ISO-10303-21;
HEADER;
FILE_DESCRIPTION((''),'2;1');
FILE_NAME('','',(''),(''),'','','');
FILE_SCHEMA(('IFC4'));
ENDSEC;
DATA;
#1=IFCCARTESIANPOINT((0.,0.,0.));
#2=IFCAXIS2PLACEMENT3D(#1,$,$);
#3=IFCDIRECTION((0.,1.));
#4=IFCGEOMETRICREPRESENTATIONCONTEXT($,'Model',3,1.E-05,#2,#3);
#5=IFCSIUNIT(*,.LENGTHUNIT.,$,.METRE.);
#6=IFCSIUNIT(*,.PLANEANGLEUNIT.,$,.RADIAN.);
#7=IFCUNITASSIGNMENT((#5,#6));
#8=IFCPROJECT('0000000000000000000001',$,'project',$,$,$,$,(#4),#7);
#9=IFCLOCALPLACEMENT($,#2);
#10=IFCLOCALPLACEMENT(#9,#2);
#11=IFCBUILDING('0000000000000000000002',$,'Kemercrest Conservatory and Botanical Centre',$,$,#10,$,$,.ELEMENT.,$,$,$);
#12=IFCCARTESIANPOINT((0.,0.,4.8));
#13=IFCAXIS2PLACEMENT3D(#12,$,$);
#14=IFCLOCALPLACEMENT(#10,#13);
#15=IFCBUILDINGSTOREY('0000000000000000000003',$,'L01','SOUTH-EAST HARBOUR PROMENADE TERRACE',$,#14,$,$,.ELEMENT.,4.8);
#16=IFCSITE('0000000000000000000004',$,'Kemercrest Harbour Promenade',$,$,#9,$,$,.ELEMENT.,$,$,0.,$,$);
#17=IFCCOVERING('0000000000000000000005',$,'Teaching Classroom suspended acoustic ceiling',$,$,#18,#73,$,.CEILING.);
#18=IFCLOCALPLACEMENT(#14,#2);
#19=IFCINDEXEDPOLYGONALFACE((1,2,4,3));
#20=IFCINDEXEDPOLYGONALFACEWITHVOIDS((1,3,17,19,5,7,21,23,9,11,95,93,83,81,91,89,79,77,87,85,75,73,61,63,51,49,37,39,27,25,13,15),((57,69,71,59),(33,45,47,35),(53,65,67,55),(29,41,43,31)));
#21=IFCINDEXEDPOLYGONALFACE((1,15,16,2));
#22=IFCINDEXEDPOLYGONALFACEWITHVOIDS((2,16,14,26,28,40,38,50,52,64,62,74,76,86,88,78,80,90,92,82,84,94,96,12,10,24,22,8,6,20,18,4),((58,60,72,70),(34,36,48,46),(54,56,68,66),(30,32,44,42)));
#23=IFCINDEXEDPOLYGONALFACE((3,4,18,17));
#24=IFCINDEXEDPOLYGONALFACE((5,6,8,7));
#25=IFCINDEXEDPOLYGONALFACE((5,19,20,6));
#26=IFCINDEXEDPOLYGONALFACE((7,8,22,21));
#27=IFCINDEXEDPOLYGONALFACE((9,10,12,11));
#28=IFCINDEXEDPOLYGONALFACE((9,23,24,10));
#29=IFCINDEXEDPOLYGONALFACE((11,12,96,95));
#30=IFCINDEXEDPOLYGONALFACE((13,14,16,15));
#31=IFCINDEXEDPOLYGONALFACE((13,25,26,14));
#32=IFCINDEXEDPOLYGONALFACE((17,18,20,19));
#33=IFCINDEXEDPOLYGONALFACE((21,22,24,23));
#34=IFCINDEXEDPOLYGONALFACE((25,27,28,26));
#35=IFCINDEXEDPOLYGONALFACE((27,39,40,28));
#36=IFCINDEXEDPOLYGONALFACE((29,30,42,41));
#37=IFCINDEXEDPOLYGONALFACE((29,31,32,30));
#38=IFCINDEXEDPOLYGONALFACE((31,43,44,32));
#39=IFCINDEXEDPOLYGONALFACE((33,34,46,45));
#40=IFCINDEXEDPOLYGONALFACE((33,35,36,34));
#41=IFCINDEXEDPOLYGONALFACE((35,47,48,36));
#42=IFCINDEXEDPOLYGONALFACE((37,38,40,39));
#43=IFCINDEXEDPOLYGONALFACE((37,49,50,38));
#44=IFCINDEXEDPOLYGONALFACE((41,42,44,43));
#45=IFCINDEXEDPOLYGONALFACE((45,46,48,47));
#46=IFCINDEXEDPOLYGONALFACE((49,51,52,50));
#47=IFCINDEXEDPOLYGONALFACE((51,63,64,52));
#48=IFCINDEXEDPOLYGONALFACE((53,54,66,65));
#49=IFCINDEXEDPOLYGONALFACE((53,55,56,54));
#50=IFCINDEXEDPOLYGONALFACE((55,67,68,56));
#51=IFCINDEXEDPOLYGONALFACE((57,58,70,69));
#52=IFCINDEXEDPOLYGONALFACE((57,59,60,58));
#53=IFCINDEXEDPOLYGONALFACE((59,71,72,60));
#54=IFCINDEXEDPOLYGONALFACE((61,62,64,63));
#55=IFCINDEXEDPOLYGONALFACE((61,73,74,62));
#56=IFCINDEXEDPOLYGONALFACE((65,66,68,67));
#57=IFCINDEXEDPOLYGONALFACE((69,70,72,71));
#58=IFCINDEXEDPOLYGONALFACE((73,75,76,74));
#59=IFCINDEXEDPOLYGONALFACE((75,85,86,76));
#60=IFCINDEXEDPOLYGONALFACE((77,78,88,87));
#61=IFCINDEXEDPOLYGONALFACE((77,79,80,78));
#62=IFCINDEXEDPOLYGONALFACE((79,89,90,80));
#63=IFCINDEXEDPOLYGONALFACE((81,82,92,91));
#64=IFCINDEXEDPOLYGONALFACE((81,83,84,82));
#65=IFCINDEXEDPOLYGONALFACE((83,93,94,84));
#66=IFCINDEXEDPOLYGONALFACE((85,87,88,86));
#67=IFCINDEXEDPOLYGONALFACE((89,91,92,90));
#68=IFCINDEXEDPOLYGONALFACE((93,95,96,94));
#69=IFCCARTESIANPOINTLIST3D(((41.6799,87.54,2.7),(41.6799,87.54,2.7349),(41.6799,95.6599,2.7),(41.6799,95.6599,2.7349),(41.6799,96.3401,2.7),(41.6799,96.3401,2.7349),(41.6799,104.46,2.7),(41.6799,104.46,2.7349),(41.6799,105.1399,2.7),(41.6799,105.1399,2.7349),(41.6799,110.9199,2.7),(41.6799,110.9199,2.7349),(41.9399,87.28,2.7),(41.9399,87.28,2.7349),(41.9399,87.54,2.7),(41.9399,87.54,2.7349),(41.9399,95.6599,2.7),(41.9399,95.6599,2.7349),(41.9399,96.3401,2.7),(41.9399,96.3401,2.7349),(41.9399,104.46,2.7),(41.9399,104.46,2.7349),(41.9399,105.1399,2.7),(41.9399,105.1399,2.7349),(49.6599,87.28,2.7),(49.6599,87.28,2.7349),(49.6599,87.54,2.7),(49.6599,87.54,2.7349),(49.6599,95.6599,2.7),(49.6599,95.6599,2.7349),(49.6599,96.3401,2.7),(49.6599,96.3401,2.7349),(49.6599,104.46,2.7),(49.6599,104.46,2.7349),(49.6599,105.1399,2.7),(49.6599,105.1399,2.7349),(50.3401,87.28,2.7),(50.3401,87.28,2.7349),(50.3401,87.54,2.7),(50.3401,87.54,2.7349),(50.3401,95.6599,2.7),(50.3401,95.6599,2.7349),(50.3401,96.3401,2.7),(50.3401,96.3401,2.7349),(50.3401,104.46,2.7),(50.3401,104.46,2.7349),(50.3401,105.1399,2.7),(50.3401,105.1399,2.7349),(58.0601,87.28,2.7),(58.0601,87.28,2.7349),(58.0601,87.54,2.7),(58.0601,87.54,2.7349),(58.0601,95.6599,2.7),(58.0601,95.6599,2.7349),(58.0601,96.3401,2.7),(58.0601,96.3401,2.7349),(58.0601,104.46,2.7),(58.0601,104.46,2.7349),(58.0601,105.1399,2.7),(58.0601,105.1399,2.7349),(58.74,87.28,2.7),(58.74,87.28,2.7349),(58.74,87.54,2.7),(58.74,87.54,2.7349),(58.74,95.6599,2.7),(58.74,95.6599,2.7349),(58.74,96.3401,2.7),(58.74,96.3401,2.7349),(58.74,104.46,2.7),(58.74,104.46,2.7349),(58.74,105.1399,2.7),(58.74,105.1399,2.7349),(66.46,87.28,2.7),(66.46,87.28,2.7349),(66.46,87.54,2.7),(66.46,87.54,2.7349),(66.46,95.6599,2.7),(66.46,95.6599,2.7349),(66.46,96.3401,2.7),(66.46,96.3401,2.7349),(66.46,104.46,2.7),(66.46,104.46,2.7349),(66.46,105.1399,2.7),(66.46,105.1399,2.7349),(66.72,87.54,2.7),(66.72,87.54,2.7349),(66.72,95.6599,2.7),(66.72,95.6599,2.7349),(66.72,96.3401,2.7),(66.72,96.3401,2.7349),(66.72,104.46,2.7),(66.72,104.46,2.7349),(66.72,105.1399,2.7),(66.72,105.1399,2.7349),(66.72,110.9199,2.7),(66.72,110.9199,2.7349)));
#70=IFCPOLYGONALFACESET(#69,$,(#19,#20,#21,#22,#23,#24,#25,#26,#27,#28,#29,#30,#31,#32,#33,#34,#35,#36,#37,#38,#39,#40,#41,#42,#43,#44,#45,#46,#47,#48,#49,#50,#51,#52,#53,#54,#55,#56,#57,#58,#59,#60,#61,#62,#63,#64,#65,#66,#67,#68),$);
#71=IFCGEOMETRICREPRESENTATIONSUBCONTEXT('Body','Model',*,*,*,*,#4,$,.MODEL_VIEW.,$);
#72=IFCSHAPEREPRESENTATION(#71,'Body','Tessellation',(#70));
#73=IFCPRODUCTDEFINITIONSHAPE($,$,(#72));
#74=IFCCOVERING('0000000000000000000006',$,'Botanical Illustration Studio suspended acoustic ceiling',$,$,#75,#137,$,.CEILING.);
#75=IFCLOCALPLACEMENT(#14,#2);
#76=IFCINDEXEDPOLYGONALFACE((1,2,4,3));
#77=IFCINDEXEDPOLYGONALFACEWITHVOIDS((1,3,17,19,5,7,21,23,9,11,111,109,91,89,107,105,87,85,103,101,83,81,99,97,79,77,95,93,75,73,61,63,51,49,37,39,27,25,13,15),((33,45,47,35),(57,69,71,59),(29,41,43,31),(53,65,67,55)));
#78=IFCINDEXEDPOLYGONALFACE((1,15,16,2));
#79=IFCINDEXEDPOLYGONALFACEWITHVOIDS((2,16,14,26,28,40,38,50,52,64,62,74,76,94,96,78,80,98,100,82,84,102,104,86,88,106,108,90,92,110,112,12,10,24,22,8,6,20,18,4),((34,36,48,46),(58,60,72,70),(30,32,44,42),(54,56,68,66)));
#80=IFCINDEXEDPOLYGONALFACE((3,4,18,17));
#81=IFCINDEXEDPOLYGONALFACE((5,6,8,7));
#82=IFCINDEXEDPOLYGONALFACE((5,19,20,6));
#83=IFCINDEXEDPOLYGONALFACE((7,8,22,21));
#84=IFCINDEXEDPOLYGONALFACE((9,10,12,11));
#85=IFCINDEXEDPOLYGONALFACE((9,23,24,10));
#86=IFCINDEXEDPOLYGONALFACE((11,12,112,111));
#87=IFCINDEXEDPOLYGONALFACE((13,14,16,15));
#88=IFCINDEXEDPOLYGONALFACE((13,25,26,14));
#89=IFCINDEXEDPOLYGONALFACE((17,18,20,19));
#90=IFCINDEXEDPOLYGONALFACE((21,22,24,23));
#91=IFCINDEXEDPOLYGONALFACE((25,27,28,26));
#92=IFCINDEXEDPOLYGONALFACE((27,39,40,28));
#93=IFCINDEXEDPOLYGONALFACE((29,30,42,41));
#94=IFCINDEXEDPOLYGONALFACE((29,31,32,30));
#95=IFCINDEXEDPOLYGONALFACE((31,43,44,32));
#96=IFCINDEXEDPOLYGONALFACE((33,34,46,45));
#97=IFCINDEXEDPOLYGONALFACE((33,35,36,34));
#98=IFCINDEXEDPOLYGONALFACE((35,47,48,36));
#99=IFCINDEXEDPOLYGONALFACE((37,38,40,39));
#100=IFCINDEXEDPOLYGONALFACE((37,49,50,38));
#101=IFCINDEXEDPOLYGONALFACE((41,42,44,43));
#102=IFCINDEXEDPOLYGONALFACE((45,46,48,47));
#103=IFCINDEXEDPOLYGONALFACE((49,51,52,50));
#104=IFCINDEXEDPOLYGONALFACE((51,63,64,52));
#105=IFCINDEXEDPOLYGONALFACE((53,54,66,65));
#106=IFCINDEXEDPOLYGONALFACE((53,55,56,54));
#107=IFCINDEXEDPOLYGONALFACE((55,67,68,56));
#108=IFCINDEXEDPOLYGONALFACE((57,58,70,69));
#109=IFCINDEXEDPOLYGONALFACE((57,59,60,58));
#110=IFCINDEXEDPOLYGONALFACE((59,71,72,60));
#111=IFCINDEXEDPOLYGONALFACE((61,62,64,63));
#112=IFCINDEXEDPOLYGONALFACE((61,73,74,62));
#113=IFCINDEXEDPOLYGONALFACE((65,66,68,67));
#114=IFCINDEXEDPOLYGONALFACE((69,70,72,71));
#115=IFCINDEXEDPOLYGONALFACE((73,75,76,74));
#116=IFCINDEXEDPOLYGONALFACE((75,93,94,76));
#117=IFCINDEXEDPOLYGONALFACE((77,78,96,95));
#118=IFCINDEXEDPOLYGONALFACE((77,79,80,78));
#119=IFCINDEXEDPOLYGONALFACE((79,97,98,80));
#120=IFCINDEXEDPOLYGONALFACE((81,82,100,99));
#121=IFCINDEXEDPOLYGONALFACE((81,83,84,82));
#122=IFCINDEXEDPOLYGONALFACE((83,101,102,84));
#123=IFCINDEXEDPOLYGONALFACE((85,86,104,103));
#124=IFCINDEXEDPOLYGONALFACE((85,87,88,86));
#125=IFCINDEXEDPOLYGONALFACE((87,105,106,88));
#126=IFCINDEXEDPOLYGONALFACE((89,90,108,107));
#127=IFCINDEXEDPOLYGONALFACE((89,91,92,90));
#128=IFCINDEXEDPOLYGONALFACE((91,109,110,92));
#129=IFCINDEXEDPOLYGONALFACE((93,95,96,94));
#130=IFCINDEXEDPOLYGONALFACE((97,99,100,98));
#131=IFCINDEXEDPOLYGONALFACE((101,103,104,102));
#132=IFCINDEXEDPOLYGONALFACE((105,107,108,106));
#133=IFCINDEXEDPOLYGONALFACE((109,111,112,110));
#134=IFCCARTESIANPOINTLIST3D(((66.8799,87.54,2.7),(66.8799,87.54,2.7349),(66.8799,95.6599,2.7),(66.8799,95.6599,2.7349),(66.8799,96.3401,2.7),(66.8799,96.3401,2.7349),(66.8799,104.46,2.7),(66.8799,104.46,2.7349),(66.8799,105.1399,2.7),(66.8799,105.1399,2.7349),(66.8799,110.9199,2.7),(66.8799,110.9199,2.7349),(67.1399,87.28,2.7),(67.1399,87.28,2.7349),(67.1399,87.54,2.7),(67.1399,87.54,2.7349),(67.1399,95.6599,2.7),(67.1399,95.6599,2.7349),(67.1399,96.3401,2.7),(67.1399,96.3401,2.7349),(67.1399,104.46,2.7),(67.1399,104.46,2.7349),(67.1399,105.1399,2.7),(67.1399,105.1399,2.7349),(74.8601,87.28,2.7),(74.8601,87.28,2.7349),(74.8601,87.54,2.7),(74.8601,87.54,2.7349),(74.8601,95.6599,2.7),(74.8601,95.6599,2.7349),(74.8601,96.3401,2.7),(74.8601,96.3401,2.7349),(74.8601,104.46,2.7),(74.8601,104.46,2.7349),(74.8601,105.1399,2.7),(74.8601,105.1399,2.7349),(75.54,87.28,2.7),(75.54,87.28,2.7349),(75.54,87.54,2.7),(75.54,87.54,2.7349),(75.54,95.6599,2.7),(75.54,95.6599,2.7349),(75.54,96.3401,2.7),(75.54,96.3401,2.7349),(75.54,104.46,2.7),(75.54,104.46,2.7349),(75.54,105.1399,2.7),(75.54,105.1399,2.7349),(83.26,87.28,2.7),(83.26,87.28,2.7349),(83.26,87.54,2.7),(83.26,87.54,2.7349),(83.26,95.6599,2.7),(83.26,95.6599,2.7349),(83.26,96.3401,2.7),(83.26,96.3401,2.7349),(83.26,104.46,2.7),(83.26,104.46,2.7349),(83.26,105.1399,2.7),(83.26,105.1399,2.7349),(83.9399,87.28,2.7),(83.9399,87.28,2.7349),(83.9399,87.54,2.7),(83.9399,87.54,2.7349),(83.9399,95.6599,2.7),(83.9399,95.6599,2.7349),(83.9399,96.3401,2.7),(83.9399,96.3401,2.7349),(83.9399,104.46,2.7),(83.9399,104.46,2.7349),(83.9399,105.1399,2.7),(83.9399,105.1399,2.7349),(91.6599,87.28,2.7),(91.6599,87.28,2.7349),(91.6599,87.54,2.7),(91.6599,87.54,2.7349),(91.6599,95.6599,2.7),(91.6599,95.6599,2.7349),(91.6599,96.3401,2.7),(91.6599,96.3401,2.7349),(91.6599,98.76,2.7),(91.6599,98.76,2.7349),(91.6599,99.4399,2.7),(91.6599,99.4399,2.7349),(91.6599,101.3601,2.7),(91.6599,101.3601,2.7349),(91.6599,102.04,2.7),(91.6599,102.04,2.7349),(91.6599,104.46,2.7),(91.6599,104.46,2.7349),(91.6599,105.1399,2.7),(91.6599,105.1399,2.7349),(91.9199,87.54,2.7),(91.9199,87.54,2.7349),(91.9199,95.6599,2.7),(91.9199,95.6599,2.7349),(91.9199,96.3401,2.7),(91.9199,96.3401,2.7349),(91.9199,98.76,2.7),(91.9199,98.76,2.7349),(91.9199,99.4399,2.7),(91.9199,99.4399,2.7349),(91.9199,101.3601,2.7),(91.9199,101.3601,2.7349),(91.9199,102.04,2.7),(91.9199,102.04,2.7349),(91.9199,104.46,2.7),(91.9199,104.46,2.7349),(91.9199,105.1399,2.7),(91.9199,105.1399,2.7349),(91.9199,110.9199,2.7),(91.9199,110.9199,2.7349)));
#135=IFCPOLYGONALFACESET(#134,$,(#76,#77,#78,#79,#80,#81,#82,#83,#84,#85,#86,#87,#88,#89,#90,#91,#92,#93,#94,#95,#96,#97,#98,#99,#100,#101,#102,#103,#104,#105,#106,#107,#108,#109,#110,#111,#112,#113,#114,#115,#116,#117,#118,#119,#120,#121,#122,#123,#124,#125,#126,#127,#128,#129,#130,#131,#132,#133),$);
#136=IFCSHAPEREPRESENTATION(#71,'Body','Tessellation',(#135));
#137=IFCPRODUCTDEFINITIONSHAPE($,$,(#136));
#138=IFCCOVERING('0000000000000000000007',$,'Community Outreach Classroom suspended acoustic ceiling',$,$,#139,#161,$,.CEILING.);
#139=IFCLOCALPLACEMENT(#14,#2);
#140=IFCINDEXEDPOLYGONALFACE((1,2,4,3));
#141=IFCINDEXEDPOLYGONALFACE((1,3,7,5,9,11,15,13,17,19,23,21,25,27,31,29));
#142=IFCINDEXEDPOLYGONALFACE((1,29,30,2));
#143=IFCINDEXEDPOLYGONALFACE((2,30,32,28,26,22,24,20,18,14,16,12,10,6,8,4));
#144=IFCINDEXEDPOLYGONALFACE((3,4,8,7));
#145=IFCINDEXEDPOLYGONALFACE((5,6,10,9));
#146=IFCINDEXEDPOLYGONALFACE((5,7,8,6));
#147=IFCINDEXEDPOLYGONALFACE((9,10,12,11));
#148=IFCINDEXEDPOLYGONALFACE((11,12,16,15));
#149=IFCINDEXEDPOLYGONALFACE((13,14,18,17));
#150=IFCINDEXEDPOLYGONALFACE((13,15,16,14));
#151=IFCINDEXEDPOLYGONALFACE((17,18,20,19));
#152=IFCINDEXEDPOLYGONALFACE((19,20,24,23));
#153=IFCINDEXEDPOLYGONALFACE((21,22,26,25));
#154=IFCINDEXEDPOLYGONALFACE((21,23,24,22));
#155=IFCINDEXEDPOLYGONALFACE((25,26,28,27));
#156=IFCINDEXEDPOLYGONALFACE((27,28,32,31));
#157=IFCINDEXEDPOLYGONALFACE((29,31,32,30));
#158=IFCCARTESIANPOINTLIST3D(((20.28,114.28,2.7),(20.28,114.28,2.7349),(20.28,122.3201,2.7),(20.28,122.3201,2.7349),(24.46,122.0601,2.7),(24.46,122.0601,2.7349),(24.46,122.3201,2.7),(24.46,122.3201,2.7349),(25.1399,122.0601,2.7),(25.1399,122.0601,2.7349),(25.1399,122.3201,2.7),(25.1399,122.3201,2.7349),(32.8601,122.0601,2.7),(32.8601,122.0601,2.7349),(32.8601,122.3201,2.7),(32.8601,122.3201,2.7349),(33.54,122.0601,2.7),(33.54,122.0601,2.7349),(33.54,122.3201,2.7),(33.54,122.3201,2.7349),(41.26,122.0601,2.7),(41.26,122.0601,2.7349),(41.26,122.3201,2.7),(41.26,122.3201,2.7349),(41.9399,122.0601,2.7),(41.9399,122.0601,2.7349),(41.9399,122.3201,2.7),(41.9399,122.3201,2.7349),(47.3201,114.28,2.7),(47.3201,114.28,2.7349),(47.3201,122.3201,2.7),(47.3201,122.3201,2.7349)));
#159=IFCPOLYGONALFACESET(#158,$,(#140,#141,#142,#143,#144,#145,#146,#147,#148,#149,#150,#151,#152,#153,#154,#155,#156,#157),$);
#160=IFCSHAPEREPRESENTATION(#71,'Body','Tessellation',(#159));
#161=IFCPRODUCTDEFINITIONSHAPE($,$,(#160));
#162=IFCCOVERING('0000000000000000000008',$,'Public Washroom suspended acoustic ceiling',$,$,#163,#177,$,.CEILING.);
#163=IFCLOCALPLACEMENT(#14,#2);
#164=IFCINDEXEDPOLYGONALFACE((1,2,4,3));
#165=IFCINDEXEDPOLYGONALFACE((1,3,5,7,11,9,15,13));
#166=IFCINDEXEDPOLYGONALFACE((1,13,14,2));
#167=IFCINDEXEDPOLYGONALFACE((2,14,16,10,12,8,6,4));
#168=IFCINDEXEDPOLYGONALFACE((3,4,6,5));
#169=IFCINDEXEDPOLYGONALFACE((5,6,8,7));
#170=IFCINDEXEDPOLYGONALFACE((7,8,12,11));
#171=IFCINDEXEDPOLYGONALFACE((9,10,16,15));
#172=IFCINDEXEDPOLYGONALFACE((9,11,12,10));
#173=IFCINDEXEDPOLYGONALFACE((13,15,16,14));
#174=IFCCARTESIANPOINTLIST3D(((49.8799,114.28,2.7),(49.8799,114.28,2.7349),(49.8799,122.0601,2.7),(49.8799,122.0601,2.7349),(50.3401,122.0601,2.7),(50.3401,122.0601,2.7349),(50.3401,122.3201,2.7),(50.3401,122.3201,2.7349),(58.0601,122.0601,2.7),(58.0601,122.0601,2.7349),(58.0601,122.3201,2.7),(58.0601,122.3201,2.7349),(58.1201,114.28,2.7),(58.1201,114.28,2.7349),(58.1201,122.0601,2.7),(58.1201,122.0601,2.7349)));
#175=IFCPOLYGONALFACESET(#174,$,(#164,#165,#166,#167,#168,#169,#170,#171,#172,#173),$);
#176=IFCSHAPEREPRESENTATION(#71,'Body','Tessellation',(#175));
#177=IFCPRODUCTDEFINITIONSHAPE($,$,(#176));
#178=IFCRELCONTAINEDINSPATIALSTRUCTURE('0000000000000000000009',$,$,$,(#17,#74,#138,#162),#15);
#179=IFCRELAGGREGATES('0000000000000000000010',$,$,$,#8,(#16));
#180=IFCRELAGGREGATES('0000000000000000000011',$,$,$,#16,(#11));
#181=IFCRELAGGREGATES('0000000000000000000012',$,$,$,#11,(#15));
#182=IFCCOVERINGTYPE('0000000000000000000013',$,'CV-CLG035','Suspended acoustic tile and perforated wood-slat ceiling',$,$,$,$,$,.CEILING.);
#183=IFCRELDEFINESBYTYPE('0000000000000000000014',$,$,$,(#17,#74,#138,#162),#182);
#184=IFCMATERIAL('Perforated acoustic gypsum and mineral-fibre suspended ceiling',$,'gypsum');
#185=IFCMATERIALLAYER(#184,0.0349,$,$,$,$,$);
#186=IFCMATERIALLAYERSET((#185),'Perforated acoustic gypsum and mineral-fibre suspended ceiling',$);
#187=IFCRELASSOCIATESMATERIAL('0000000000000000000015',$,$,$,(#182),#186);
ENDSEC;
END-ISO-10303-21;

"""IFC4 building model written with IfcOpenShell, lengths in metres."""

from ifc_helpers import new_model, si_unit, direction, frame, origin, place, context, subcontext, project, spatial, polyline, outline, extrude, material, layer, layer_set, type_object, element, save


model = new_model("IFC4")

# Units and contexts
model_context = context("Model", 3, precision=1e-05, world=origin(), true_north=direction((0.0, 1.0)))
body_context = subcontext(model_context, "Body", "Model", "MODEL_VIEW")
ifc_project = project(units=[si_unit("LENGTHUNIT", "METRE"), si_unit("PLANEANGLEUNIT", "RADIAN")], contexts=[model_context])

# Site, building, storey
site_placement = place(None, origin())
site = spatial("IfcSite", under=ifc_project, at=site_placement, Name="Kemercrest Harbour Promenade", CompositionType="ELEMENT", RefElevation=0.0)
building_placement = place(site_placement, origin())
building = spatial("IfcBuilding", under=site, at=building_placement, Name="Kemercrest Conservatory and Botanical Centre", CompositionType="ELEMENT")
storey_placement = place(building_placement, frame((0.0, 0.0, 4.8)))
storey = spatial("IfcBuildingStorey", under=building, at=storey_placement, Name="L01", Description="SOUTH-EAST HARBOUR PROMENADE TERRACE", CompositionType="ELEMENT", Elevation=4.8)

# Coverings
ifc_material = material(Name="Perforated acoustic gypsum and mineral-fibre suspended ceiling", Category="gypsum")
ifc_layer = layer(ifc_material, 0.0349)
ifc_layer_set = layer_set([ifc_layer], Name="Perforated acoustic gypsum and mineral-fibre suspended ceiling")
covering_type = type_object("IfcCoveringType", Name="CV-CLG035", Description="Suspended acoustic tile and perforated wood-slat ceiling", PredefinedType="CEILING", material=ifc_layer_set)
covering_1_placement = place(storey_placement, frame((0.0, 0.0, 2.7)))
element("IfcCovering", 1, at=covering_1_placement, inside=storey, type_object=covering_type, Name="Teaching Classroom suspended acoustic ceiling", PredefinedType="CEILING", context=body_context, shape_type="SweptSolid", body=[
    extrude(outline(polyline([(58.0601, 87.54), (58.74, 87.54), (58.74, 87.28), (66.46, 87.28), (66.46, 87.54), (66.72, 87.54), (66.72, 95.6599), (66.46, 95.6599), (66.46, 96.3401), (66.72, 96.3401), (66.72, 104.46), (66.46, 104.46), (66.46, 105.1399), (66.72, 105.1399), (66.72, 110.9199), (41.6799, 110.9199), (41.6799, 105.1399), (41.9399, 105.1399), (41.9399, 104.46), (41.6799, 104.46), (41.6799, 96.3401), (41.9399, 96.3401), (41.9399, 95.6599), (41.6799, 95.6599), (41.6799, 87.54), (41.9399, 87.54), (41.9399, 87.28), (49.6599, 87.28), (49.6599, 87.54), (50.3401, 87.54), (50.3401, 87.28), (58.0601, 87.28), (58.0601, 87.54)]), holes=[polyline([(58.0601, 104.46), (58.0601, 105.1399), (58.74, 105.1399), (58.74, 104.46), (58.0601, 104.46)]), polyline([(58.74, 95.6599), (58.0601, 95.6599), (58.0601, 96.3401), (58.74, 96.3401), (58.74, 95.6599)]), polyline([(49.6599, 95.6599), (49.6599, 96.3401), (50.3401, 96.3401), (50.3401, 95.6599), (49.6599, 95.6599)]), polyline([(50.3401, 104.46), (49.6599, 104.46), (49.6599, 105.1399), (50.3401, 105.1399), (50.3401, 104.46)])]), origin(), (0.0, 0.0, 1.0), 0.0349),
])
covering_2_placement = place(storey_placement, frame((0.0, 0.0, 2.7)))
element("IfcCovering", 2, at=covering_2_placement, inside=storey, type_object=covering_type, Name="Botanical Illustration Studio suspended acoustic ceiling", PredefinedType="CEILING", context=body_context, shape_type="SweptSolid", body=[
    extrude(outline(polyline([(83.26, 87.54), (83.9399, 87.54), (83.9399, 87.28), (91.6599, 87.28), (91.6599, 87.54), (91.9199, 87.54), (91.9199, 95.6599), (91.6599, 95.6599), (91.6599, 96.3401), (91.9199, 96.3401), (91.9199, 98.76), (91.6599, 98.76), (91.6599, 99.4399), (91.9199, 99.4399), (91.9199, 101.3601), (91.6599, 101.3601), (91.6599, 102.04), (91.9199, 102.04), (91.9199, 104.46), (91.6599, 104.46), (91.6599, 105.1399), (91.9199, 105.1399), (91.9199, 110.9199), (66.8799, 110.9199), (66.8799, 105.1399), (67.1399, 105.1399), (67.1399, 104.46), (66.8799, 104.46), (66.8799, 96.3401), (67.1399, 96.3401), (67.1399, 95.6599), (66.8799, 95.6599), (66.8799, 87.54), (67.1399, 87.54), (67.1399, 87.28), (74.8601, 87.28), (74.8601, 87.54), (75.54, 87.54), (75.54, 87.28), (83.26, 87.28), (83.26, 87.54)]), holes=[polyline([(83.9399, 95.6599), (83.26, 95.6599), (83.26, 96.3401), (83.9399, 96.3401), (83.9399, 95.6599)]), polyline([(83.9399, 104.46), (83.26, 104.46), (83.26, 105.1399), (83.9399, 105.1399), (83.9399, 104.46)]), polyline([(74.8601, 95.6599), (74.8601, 96.3401), (75.54, 96.3401), (75.54, 95.6599), (74.8601, 95.6599)]), polyline([(74.8601, 104.46), (74.8601, 105.1399), (75.54, 105.1399), (75.54, 104.46), (74.8601, 104.46)])]), origin(), (0.0, 0.0, 1.0), 0.0349),
])
covering_3_placement = place(storey_placement, frame((0.0, 0.0, 2.7)))
element("IfcCovering", 3, at=covering_3_placement, inside=storey, type_object=covering_type, Name="Community Outreach Classroom suspended acoustic ceiling", PredefinedType="CEILING", context=body_context, shape_type="SweptSolid", body=[
    extrude(outline(polyline([(20.28, 114.28), (47.3201, 114.28), (47.3201, 122.3201), (41.9399, 122.3201), (41.9399, 122.0601), (41.26, 122.0601), (41.26, 122.3201), (33.54, 122.3201), (33.54, 122.0601), (32.8601, 122.0601), (32.8601, 122.3201), (25.1399, 122.3201), (25.1399, 122.0601), (24.46, 122.0601), (24.46, 122.3201), (20.28, 122.3201), (20.28, 114.28)])), origin(), (0.0, 0.0, 1.0), 0.0349),
])
covering_4_placement = place(storey_placement, frame((0.0, 0.0, 2.7)))
element("IfcCovering", 4, at=covering_4_placement, inside=storey, type_object=covering_type, Name="Public Washroom suspended acoustic ceiling", PredefinedType="CEILING", context=body_context, shape_type="SweptSolid", body=[
    extrude(outline(polyline([(49.8799, 114.28), (58.1201, 114.28), (58.1201, 122.0601), (58.0601, 122.0601), (58.0601, 122.3201), (50.3401, 122.3201), (50.3401, 122.0601), (49.8799, 122.0601), (49.8799, 114.28)])), origin(), (0.0, 0.0, 1.0), 0.0349),
])

save(model, "model.ifc")
